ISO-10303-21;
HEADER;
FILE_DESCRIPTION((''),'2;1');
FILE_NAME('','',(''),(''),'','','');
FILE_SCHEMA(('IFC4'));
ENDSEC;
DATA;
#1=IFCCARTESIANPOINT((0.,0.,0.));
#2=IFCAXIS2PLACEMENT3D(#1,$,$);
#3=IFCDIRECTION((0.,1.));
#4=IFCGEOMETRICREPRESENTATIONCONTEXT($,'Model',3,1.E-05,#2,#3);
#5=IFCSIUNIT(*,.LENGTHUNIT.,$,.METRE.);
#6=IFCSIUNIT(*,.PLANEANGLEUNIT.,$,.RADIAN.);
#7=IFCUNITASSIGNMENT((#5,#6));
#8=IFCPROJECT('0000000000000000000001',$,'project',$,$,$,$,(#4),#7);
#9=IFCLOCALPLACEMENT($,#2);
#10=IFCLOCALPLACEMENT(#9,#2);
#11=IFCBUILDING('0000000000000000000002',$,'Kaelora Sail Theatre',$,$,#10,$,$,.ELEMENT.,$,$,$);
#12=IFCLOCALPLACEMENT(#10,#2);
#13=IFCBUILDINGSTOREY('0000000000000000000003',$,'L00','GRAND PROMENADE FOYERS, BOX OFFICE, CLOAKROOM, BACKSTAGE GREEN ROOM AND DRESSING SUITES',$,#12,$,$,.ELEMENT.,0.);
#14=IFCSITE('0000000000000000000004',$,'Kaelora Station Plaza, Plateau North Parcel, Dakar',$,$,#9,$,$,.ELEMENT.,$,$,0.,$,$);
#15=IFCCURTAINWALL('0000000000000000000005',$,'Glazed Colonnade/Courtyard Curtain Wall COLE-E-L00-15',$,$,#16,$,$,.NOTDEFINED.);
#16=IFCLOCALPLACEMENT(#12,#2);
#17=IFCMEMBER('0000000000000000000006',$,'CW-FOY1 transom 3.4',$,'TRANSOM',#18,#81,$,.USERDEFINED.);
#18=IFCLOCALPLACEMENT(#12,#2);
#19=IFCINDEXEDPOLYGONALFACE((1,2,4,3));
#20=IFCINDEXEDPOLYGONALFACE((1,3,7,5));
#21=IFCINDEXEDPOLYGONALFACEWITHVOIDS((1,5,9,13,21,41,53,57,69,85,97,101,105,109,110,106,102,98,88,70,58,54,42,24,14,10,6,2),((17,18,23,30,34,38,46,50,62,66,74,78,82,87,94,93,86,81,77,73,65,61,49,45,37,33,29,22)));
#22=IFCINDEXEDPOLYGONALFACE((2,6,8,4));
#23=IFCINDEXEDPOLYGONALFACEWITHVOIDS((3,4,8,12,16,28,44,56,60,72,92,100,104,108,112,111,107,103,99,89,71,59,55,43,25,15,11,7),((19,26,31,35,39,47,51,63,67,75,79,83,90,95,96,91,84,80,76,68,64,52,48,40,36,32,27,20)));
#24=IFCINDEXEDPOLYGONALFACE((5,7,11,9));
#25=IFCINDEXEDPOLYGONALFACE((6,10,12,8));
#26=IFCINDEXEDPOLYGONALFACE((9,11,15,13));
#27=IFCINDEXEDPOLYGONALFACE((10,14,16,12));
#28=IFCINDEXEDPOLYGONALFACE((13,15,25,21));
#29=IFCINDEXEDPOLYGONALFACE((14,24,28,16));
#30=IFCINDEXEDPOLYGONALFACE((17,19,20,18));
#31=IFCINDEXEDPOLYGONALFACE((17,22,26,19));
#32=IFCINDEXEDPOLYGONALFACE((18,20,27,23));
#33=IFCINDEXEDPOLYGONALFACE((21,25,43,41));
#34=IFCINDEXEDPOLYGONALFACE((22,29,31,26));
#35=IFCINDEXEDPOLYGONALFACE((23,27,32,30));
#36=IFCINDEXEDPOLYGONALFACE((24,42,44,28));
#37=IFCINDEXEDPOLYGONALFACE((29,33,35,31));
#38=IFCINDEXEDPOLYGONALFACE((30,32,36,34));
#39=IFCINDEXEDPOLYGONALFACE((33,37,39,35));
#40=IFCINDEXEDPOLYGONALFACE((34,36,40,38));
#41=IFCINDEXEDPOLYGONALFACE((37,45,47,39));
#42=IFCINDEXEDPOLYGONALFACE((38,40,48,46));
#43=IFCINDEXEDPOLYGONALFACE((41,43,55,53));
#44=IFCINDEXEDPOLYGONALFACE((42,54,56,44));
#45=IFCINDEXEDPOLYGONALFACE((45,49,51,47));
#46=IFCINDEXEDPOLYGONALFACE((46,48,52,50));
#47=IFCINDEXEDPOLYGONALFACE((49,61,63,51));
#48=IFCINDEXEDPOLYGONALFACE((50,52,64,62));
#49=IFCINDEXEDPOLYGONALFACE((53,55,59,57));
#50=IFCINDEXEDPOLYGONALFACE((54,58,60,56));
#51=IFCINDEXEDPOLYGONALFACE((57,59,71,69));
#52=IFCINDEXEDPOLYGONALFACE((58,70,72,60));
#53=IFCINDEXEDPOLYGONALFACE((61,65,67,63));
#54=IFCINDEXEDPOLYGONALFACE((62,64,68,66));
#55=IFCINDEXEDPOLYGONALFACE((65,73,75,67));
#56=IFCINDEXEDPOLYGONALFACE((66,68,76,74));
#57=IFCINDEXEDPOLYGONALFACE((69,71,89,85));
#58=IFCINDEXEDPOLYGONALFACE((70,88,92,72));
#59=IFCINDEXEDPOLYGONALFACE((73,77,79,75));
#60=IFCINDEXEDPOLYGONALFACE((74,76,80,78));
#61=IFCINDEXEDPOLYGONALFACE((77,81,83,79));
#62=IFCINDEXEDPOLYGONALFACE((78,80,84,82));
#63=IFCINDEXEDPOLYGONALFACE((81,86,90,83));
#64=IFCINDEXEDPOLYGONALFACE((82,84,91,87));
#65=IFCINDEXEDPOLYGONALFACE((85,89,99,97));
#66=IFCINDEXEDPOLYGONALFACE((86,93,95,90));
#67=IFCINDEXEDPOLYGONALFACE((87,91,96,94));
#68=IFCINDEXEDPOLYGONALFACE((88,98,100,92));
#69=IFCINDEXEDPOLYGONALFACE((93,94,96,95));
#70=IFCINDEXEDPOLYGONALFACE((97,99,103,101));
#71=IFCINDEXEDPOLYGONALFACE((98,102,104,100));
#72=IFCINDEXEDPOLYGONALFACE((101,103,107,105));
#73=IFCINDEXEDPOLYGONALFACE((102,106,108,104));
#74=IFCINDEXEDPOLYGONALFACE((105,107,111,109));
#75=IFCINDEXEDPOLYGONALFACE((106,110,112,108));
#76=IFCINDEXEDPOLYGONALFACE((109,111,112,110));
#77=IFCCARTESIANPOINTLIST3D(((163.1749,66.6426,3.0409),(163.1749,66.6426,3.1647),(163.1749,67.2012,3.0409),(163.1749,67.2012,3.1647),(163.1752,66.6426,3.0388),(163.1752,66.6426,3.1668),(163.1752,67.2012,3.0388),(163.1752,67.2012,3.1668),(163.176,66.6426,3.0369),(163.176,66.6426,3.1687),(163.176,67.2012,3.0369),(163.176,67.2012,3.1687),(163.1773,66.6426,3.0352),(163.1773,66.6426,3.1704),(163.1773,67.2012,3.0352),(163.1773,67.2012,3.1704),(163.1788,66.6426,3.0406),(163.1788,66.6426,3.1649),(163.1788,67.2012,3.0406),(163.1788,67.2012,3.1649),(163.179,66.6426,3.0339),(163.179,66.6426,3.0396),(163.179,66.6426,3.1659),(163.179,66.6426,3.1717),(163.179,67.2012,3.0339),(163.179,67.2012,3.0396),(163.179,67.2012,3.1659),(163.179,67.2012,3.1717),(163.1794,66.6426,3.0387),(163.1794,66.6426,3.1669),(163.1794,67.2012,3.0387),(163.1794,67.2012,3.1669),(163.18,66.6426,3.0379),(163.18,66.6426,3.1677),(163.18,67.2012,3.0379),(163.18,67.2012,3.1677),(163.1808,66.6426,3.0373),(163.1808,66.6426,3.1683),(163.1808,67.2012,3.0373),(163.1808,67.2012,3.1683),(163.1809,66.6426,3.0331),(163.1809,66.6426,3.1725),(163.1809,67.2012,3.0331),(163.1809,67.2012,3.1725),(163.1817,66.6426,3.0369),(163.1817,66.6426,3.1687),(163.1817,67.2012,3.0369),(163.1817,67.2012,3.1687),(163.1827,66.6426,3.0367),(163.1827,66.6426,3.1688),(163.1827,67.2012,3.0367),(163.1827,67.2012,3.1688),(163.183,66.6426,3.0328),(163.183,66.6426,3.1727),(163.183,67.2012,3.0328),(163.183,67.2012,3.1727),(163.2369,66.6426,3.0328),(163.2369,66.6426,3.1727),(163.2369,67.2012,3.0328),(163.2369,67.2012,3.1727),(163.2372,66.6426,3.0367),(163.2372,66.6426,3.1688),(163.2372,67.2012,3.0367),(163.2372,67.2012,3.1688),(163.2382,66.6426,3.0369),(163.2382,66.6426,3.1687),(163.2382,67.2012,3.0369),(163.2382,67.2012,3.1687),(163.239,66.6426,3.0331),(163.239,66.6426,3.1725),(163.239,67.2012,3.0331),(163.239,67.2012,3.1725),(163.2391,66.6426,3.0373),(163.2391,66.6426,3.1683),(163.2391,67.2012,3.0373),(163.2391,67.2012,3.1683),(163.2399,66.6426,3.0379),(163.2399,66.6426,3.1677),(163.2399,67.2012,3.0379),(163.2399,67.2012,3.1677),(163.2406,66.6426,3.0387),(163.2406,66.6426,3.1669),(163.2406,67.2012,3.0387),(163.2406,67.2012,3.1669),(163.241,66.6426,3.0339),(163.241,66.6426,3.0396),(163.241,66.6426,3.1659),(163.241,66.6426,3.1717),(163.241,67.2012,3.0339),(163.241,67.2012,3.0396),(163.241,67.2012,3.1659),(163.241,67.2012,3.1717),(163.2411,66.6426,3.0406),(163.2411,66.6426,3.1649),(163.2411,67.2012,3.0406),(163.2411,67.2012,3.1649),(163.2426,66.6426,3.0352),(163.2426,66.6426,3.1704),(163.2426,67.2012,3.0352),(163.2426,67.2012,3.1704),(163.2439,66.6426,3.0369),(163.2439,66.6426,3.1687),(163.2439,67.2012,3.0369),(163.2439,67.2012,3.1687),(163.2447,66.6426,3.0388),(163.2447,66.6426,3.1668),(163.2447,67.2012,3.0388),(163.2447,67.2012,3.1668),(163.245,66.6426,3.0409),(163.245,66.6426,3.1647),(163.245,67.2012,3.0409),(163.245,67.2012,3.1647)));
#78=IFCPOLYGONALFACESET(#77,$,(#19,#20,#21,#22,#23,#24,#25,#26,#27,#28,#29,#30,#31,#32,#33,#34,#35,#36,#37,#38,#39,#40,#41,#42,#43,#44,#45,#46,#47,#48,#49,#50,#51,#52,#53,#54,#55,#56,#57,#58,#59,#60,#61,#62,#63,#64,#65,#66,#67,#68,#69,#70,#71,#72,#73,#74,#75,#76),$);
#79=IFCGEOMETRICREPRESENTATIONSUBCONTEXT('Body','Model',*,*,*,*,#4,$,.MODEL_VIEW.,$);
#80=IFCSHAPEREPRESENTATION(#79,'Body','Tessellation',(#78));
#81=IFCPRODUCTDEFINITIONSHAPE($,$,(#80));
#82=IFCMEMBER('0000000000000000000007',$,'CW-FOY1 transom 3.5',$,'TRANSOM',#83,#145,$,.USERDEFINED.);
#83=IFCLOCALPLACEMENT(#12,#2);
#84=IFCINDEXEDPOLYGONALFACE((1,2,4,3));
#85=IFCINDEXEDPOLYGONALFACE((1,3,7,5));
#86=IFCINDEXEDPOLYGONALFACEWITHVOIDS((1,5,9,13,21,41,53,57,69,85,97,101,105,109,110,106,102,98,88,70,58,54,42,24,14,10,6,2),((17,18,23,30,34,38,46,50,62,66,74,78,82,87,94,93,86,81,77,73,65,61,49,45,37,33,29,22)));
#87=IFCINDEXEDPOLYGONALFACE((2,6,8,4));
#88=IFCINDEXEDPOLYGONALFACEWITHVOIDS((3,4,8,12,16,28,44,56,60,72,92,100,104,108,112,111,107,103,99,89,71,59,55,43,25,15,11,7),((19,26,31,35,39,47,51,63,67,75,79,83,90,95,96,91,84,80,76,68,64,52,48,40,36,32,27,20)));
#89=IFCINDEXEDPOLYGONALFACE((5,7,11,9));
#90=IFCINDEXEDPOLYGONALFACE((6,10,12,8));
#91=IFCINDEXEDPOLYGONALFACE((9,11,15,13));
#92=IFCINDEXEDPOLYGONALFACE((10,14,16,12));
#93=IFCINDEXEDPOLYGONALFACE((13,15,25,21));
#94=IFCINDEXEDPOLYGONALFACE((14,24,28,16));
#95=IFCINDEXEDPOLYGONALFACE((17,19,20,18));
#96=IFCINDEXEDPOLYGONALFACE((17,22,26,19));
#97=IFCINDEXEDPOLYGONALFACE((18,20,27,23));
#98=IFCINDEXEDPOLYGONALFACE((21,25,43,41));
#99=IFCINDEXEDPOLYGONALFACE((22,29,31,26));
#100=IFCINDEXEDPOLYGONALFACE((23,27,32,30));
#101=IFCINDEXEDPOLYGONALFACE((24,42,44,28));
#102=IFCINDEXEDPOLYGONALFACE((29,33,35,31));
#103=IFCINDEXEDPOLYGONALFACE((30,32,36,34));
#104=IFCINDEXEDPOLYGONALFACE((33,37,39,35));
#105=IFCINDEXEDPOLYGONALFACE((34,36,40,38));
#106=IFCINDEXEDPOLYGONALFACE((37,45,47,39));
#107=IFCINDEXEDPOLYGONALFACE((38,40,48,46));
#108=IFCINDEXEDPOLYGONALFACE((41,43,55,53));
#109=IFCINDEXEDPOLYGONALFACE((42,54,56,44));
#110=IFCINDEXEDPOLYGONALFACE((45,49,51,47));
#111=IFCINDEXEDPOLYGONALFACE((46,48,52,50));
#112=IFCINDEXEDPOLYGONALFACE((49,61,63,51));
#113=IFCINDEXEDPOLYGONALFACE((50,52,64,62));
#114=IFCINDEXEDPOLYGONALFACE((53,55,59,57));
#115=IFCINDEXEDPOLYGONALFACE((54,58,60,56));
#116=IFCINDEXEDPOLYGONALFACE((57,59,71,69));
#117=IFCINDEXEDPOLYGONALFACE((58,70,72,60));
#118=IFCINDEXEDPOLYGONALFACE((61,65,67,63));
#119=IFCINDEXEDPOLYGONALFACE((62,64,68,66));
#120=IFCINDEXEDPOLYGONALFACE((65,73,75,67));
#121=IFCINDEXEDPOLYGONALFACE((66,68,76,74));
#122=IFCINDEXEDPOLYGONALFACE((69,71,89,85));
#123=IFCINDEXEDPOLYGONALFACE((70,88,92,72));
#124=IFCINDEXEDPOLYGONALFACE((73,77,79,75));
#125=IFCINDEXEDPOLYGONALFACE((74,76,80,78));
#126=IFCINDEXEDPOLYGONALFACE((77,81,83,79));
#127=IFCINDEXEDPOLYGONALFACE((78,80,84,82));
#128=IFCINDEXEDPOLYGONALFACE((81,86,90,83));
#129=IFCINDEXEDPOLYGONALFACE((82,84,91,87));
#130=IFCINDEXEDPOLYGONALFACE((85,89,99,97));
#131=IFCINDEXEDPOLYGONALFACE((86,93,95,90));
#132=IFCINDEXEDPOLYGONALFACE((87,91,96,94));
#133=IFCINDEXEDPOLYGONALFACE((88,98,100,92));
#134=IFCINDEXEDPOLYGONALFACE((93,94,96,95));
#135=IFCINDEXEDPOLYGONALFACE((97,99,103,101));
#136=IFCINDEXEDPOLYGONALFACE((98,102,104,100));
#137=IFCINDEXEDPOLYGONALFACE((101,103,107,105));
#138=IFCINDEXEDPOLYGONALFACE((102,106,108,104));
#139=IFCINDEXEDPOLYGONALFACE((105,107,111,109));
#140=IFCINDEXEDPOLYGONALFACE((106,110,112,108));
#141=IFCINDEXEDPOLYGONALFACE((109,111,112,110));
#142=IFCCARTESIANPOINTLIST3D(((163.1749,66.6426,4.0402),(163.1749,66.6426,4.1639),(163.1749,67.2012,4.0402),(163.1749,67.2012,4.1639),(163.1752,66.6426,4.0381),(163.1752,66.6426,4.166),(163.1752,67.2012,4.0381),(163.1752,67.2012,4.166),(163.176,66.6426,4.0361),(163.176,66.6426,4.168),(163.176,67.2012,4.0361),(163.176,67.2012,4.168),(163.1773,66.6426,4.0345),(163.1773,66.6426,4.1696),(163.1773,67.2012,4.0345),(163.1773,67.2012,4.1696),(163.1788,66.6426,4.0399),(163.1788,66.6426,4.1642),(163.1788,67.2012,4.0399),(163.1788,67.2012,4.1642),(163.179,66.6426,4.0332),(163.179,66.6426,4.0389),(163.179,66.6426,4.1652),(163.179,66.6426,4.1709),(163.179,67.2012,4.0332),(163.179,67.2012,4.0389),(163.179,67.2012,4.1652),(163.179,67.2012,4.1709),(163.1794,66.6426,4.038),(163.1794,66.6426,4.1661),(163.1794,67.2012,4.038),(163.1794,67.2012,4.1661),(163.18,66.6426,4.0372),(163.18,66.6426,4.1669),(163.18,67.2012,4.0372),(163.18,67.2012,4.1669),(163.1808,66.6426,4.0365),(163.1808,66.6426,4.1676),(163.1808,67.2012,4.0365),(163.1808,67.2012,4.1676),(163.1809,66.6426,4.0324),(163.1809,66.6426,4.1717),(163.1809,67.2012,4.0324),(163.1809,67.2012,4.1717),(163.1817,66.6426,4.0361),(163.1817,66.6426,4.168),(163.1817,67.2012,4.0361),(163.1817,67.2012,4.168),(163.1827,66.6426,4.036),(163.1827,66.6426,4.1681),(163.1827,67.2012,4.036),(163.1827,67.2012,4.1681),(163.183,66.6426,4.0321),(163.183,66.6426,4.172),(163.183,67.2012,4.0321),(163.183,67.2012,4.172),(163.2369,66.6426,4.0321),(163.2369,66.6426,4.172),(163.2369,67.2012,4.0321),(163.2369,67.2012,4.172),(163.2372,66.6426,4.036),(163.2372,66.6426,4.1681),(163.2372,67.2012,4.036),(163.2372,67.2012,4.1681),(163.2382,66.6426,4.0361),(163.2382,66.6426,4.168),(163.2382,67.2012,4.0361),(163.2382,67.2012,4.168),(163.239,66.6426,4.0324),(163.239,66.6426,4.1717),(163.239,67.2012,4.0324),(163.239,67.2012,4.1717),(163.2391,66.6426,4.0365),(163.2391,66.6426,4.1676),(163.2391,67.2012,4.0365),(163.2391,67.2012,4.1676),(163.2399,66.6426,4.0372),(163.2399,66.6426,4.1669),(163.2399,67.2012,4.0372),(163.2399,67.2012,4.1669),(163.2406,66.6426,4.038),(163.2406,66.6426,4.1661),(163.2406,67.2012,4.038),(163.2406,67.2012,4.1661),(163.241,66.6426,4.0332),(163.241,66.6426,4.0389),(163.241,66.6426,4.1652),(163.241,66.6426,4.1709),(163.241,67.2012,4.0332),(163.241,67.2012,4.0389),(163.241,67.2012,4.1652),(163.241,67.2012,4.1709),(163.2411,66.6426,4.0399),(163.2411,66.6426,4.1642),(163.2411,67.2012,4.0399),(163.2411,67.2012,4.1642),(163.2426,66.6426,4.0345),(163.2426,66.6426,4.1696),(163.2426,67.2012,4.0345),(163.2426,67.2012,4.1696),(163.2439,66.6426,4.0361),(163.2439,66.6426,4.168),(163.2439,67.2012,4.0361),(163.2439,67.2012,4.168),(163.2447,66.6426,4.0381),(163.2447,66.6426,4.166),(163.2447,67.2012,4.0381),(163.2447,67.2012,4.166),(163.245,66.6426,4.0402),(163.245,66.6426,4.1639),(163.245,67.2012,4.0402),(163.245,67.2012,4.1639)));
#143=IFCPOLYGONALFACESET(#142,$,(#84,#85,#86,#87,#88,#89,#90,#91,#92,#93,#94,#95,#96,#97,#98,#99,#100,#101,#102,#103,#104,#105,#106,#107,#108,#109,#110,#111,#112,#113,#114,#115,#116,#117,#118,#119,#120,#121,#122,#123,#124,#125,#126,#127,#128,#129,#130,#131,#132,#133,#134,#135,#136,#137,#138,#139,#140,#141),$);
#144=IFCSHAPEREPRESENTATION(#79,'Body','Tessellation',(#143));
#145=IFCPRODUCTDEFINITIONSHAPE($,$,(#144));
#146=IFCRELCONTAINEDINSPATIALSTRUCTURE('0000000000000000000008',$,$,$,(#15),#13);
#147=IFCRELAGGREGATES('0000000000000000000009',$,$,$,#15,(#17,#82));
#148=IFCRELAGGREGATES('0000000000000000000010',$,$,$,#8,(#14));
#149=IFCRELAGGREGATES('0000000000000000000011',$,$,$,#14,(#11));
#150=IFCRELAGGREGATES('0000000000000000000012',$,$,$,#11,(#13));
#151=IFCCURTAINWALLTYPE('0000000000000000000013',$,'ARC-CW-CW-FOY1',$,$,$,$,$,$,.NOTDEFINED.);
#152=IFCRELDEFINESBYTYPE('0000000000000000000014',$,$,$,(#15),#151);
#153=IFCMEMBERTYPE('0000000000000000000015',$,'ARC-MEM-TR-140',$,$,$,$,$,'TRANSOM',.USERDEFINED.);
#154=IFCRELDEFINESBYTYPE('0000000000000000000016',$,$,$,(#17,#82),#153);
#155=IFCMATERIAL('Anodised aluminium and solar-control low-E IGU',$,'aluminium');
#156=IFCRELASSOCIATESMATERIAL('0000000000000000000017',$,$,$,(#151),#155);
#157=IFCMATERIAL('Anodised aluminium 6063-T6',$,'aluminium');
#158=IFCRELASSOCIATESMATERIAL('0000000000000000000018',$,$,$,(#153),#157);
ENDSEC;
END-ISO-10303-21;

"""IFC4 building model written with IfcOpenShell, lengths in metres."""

from ifc_helpers import new_model, si_unit, direction, frame, origin, origin_2d, place, context, subcontext, project, spatial, hollow_rectangle, extrude, material, material_profile, profile_set, type_object, element, aggregate, save


model = new_model("IFC4")

# Units and contexts
model_context = context("Model", 3, precision=1e-05, world=origin(), true_north=direction((0.0, 1.0)))
body_context = subcontext(model_context, "Body", "Model", "MODEL_VIEW")
ifc_project = project(units=[si_unit("LENGTHUNIT", "METRE"), si_unit("PLANEANGLEUNIT", "RADIAN")], contexts=[model_context])

# Site, building, storey
site_placement = place(None, origin())
site = spatial("IfcSite", under=ifc_project, at=site_placement, Name="Kaelora Station Plaza, Plateau North Parcel, Dakar", CompositionType="ELEMENT", RefElevation=0.0)
building_placement = place(site_placement, origin())
building = spatial("IfcBuilding", under=site, at=building_placement, Name="Kaelora Sail Theatre", CompositionType="ELEMENT")
storey_placement = place(building_placement, origin())
storey = spatial("IfcBuildingStorey", under=building, at=storey_placement, Name="L00", Description="GRAND PROMENADE FOYERS, BOX OFFICE, CLOAKROOM, BACKSTAGE GREEN ROOM AND DRESSING SUITES", CompositionType="ELEMENT", Elevation=0.0)

# Curtain wall, members
ifc_material_1 = material(Name="Anodised aluminium and solar-control low-E IGU", Category="aluminium")
curtain_wall_type = type_object("IfcCurtainWallType", Name="ARC-CW-CW-FOY1", PredefinedType="NOTDEFINED", material=ifc_material_1)
curtain_wall_placement = place(storey_placement, origin())
curtain_wall = element("IfcCurtainWall", 1, at=curtain_wall_placement, inside=storey, type_object=curtain_wall_type, Name="Glazed Colonnade/Courtyard Curtain Wall COLE-E-L00-15", PredefinedType="NOTDEFINED")
ifc_material_2 = material(Name="Anodised aluminium 6063-T6", Category="aluminium")
ifc_material_profile_1 = material_profile(ifc_material_2, hollow_rectangle(XDim=0.0701, YDim=0.1399, WallThickness=0.0039, InnerFilletRadius=0.0039, OuterFilletRadius=0.0081, at=origin_2d()), Name="ALU-TRAN 70x140x4")
ifc_profile_set_1 = profile_set([ifc_material_profile_1], Name="Anodised aluminium 6063-T6")
member_type_1 = type_object("IfcMemberType", Name="ARC-MEM-TR-140", ElementType="TRANSOM", PredefinedType="USERDEFINED", material=ifc_profile_set_1)
member_1_placement = place(storey_placement, frame((163.21, 66.6426, 3.1028), z_axis=(0.0, 1.0, 0.0), x_axis=(-1.0, 0.0, 0.0)))
member_1 = element("IfcMember", 2, at=member_1_placement, type_object=member_type_1, Name="CW-FOY1 transom 3.4", ObjectType="TRANSOM", PredefinedType="USERDEFINED", context=body_context, shape_type="SweptSolid", body=[
    extrude(hollow_rectangle(XDim=0.0701, YDim=0.1399, WallThickness=0.0039, InnerFilletRadius=0.0039, OuterFilletRadius=0.0081, at=origin_2d()), origin(), (0.0, 0.0, 1.0), 0.5586),
])
member_2_placement = place(storey_placement, frame((163.21, 66.6426, 4.1021), z_axis=(0.0, 1.0, 0.0), x_axis=(-1.0, 0.0, 0.0)))
member_2 = element("IfcMember", 3, at=member_2_placement, type_object=member_type_1, Name="CW-FOY1 transom 3.5", ObjectType="TRANSOM", PredefinedType="USERDEFINED", context=body_context, shape_type="SweptSolid", body=[
    extrude(hollow_rectangle(XDim=0.0701, YDim=0.1399, WallThickness=0.0039, InnerFilletRadius=0.0039, OuterFilletRadius=0.0081, at=origin_2d()), origin(), (0.0, 0.0, 1.0), 0.5586),
])

aggregate(curtain_wall, [member_1, member_2])

save(model, "model.ifc")
